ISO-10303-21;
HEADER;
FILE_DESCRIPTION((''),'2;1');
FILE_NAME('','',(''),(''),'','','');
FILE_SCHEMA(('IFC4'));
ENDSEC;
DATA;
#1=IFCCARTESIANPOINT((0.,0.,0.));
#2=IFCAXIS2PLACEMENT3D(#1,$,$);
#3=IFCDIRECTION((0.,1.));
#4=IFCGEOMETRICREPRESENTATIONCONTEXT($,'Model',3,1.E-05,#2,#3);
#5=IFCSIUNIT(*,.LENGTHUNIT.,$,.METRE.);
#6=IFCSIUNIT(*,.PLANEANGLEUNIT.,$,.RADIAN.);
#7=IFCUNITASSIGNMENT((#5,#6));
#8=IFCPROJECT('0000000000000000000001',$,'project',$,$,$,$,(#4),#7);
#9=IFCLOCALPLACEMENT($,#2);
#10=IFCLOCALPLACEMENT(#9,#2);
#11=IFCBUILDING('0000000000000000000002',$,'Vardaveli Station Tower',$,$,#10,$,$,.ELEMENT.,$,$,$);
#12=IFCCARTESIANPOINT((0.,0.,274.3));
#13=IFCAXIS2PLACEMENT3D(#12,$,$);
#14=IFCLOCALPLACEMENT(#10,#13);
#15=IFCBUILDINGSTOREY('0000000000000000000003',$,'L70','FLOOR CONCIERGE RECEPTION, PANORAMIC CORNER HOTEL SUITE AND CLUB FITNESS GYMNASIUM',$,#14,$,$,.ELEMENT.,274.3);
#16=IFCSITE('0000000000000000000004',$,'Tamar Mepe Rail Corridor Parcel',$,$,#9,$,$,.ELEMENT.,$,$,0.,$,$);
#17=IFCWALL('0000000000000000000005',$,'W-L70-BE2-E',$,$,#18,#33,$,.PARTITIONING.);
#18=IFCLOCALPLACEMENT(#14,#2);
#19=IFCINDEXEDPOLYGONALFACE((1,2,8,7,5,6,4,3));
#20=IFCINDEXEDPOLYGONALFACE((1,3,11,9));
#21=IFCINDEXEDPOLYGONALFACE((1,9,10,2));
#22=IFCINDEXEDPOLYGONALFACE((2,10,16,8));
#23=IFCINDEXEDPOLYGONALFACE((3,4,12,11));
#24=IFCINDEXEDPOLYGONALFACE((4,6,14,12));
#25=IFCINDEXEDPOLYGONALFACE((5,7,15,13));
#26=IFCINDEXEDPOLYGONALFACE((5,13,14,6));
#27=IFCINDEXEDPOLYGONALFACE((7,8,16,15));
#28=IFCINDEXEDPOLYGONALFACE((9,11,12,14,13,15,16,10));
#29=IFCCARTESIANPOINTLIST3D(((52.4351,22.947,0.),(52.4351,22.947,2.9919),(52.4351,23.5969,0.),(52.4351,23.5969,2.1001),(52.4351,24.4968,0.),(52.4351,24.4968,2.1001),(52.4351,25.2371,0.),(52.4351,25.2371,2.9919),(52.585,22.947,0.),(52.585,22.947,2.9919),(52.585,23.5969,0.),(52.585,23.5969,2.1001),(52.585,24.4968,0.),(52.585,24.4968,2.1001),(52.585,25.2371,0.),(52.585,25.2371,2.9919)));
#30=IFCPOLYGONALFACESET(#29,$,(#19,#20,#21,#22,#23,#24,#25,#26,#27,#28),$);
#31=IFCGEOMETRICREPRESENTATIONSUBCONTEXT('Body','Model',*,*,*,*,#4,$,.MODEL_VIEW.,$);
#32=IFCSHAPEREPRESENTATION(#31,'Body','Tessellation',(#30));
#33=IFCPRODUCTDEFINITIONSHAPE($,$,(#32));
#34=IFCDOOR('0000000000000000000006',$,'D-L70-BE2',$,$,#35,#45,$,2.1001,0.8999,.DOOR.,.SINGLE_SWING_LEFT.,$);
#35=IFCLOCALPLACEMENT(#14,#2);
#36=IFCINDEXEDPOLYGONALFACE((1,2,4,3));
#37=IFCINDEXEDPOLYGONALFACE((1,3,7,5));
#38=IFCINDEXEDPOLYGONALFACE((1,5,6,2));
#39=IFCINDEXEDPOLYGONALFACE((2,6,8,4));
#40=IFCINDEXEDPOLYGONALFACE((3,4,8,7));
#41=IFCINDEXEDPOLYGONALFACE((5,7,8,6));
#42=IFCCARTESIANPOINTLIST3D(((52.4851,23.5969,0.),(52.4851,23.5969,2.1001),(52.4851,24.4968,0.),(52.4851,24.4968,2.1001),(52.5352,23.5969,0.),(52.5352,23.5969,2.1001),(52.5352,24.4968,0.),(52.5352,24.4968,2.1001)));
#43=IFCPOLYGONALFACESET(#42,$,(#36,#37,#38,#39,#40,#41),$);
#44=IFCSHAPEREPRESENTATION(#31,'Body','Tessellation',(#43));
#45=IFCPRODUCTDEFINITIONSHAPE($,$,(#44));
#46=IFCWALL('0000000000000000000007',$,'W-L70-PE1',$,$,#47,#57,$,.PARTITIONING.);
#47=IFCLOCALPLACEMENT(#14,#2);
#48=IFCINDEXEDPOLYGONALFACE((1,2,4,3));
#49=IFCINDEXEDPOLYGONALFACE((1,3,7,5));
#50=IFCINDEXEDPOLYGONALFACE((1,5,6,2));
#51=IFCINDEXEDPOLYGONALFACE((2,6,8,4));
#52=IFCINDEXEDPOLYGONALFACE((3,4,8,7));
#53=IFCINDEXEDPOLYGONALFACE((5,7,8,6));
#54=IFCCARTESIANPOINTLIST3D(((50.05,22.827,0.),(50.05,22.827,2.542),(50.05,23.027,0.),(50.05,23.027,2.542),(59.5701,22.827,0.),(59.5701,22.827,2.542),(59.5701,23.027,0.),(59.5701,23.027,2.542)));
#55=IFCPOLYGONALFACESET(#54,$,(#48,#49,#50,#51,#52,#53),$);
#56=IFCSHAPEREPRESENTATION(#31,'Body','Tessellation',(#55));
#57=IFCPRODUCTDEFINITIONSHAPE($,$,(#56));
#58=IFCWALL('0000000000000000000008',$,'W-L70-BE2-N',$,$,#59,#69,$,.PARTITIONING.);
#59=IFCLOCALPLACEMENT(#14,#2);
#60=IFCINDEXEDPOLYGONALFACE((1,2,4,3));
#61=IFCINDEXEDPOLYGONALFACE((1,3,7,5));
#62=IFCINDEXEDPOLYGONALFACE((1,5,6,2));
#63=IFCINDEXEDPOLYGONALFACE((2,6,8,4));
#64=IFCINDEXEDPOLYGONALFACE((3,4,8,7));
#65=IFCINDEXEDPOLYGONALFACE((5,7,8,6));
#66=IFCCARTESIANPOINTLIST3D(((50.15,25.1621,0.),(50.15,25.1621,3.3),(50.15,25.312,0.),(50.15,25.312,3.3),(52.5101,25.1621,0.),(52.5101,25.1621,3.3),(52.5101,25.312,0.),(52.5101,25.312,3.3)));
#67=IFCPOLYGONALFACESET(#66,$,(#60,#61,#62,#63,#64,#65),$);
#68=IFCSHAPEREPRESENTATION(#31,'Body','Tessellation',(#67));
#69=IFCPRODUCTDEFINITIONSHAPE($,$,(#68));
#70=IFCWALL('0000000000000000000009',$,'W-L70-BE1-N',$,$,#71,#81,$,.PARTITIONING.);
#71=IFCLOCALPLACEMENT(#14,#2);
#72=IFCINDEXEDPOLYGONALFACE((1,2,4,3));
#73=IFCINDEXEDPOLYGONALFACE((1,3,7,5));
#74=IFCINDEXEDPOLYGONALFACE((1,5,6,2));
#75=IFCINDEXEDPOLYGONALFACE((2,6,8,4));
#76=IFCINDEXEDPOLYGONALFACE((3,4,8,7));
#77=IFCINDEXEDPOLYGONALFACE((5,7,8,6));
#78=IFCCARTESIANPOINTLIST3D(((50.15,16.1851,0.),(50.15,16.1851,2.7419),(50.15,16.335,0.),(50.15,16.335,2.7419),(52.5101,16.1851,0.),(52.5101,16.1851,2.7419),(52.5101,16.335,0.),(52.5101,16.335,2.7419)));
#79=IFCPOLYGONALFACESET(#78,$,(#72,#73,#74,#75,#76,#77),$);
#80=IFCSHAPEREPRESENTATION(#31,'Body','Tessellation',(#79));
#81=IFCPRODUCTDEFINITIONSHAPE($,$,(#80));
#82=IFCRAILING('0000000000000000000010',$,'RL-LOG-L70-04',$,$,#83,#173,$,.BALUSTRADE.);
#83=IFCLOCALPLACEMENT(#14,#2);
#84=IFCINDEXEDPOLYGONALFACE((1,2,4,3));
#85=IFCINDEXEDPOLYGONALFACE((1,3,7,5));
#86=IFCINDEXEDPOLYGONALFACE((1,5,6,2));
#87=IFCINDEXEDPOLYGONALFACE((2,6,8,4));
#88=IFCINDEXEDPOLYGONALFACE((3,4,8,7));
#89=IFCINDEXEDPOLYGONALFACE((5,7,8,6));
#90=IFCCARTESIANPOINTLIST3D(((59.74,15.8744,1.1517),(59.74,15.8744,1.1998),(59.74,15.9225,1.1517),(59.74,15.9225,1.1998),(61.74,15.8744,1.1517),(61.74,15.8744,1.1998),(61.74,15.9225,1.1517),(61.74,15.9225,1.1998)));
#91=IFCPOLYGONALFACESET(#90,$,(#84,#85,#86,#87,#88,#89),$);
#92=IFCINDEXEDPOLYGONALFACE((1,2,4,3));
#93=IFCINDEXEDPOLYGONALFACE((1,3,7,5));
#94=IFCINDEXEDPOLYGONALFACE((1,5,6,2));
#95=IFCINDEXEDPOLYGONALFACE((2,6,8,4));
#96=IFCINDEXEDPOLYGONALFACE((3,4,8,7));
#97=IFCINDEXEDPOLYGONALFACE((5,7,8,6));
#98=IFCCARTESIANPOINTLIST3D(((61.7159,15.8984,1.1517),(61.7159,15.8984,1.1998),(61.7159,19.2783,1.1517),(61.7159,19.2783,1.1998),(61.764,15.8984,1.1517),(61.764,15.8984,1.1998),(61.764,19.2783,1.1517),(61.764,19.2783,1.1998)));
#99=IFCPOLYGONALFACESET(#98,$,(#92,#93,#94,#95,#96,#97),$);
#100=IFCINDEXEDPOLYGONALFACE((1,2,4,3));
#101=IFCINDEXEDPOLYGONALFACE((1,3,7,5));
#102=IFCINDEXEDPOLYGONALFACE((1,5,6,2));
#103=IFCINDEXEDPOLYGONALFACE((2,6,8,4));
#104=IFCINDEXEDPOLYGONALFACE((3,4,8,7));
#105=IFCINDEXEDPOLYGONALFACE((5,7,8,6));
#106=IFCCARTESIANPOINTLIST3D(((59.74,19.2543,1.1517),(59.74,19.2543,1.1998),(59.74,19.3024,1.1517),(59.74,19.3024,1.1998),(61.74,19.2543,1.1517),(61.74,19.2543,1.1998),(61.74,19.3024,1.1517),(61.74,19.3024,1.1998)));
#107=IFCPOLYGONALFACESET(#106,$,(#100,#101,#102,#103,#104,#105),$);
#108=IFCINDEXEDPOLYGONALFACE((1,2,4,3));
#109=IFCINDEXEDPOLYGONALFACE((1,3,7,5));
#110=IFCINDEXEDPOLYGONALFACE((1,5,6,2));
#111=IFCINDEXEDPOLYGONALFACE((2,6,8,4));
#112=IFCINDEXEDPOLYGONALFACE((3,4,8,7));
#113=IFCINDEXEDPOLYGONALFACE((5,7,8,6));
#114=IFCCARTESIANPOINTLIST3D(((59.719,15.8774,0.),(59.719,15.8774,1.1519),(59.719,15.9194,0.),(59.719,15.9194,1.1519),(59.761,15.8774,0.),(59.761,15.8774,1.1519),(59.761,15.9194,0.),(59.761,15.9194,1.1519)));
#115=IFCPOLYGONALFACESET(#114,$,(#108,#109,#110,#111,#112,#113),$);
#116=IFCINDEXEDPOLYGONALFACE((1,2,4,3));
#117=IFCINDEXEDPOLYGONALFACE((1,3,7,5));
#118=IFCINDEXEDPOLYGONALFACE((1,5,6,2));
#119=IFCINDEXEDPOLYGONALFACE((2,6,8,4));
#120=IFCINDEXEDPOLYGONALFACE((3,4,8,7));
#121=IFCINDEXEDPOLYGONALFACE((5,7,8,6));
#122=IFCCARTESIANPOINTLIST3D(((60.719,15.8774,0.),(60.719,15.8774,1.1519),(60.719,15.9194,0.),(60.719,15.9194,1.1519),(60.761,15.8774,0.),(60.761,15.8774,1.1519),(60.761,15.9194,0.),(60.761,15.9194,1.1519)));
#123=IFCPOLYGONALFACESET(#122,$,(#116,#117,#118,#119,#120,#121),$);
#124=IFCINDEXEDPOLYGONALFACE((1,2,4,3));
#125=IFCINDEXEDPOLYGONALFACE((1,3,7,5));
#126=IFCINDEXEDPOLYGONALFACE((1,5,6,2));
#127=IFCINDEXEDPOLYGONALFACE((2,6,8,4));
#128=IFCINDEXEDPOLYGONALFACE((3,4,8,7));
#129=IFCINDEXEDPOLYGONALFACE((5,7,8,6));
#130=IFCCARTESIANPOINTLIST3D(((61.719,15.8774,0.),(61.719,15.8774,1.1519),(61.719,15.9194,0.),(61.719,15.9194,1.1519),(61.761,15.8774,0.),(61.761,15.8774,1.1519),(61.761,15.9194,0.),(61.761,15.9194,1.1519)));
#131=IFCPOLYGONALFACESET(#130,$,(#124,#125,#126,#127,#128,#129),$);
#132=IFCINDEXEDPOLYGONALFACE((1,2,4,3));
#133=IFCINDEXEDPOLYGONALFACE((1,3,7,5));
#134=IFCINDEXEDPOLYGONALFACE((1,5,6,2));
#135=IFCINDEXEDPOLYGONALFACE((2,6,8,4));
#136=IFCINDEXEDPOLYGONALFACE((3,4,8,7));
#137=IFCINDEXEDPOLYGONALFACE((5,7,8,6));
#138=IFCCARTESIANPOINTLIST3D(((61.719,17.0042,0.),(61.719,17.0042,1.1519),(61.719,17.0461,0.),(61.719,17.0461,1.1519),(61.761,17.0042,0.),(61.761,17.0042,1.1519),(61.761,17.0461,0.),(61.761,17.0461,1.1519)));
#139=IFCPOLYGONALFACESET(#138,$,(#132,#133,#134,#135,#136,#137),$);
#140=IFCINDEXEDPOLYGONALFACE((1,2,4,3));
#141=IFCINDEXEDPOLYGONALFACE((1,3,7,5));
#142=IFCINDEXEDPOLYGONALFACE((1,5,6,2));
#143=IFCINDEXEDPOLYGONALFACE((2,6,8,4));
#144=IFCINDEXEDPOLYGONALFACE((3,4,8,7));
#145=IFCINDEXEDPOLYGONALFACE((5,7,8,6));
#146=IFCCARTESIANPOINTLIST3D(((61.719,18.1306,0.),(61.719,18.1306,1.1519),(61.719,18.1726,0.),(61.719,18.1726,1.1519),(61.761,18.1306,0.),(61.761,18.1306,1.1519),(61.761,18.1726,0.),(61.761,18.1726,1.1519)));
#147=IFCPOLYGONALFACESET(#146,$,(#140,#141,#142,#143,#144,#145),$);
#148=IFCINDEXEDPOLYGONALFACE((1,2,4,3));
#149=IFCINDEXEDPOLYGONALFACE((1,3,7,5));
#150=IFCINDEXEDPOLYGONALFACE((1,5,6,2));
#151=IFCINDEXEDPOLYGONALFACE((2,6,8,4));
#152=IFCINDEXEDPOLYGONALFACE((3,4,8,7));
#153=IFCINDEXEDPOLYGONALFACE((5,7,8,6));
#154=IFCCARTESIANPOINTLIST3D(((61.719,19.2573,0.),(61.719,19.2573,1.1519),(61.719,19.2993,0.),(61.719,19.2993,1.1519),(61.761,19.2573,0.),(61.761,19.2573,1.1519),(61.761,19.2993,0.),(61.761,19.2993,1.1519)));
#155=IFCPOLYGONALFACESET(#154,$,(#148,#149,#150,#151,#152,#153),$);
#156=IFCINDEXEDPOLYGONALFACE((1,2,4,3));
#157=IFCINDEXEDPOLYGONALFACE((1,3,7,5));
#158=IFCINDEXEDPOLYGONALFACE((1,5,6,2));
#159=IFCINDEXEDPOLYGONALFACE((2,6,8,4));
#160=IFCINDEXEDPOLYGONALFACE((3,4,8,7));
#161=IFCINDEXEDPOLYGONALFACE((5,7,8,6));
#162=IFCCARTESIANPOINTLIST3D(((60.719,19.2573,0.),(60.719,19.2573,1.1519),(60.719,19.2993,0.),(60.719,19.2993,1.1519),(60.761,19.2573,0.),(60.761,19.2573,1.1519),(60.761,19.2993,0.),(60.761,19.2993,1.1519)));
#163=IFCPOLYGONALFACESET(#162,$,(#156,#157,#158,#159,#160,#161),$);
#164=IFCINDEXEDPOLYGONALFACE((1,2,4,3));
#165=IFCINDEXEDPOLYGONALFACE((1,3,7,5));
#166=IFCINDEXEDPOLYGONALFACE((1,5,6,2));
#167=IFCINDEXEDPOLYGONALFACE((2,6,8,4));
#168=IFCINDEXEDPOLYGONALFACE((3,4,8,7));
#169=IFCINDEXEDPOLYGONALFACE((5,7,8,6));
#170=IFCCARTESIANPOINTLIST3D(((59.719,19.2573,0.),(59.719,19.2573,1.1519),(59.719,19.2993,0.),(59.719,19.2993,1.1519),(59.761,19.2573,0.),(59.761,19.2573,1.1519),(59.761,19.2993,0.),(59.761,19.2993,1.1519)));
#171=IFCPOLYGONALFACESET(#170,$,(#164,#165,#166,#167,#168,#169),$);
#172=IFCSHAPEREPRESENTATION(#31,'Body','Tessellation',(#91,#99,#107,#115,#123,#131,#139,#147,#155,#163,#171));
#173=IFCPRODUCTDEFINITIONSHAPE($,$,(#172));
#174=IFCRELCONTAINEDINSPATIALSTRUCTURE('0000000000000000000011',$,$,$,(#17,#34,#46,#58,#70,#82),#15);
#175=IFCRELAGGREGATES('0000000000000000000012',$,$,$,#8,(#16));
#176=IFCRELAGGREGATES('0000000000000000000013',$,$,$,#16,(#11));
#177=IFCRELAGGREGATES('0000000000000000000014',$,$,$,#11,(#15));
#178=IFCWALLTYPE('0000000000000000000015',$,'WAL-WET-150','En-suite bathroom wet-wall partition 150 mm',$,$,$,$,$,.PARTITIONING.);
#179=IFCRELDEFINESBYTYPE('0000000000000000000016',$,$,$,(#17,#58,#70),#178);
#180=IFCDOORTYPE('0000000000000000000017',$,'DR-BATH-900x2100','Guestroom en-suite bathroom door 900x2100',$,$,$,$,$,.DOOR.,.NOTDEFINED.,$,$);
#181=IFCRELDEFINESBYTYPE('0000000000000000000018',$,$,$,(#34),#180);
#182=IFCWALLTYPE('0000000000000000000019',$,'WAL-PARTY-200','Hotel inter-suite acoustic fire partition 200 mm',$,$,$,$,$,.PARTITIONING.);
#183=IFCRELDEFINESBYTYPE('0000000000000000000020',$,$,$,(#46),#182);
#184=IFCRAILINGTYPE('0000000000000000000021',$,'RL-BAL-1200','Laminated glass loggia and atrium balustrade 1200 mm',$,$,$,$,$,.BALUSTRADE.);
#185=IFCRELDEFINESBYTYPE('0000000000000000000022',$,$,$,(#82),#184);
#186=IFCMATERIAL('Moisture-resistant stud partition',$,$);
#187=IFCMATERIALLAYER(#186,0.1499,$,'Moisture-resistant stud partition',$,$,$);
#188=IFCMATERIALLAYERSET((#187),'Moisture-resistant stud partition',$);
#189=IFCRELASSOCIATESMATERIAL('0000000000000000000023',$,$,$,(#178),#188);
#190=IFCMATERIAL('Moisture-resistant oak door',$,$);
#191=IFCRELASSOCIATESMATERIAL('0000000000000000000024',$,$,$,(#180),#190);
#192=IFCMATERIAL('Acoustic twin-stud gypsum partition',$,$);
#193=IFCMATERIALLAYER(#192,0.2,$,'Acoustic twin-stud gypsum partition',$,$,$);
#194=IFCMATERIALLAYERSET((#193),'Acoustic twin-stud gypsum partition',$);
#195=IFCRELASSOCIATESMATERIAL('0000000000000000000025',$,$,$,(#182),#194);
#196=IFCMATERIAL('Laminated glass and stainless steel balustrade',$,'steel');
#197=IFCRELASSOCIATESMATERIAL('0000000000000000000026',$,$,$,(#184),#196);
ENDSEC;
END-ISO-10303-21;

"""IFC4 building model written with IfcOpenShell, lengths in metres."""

from ifc_helpers import new_model, si_unit, direction, frame, frame_2d, origin, origin_2d, place, context, subcontext, project, spatial, rectangle, extrude, source, transform, mapped, material, layer, layer_set, type_object, element, fill, save


model = new_model("IFC4")

# Units and contexts
model_context = context("Model", 3, precision=1e-05, world=origin(), true_north=direction((0.0, 1.0)))
body_context = subcontext(model_context, "Body", "Model", "MODEL_VIEW")
ifc_project = project(units=[si_unit("LENGTHUNIT", "METRE"), si_unit("PLANEANGLEUNIT", "RADIAN")], contexts=[model_context])

# Site, building, storey
site_placement = place(None, origin())
site = spatial("IfcSite", under=ifc_project, at=site_placement, Name="Tamar Mepe Rail Corridor Parcel", CompositionType="ELEMENT", RefElevation=0.0)
building_placement = place(site_placement, origin())
building = spatial("IfcBuilding", under=site, at=building_placement, Name="Vardaveli Station Tower", CompositionType="ELEMENT")
storey_placement = place(building_placement, frame((0.0, 0.0, 274.3)))
storey = spatial("IfcBuildingStorey", under=building, at=storey_placement, Name="L70", Description="FLOOR CONCIERGE RECEPTION, PANORAMIC CORNER HOTEL SUITE AND CLUB FITNESS GYMNASIUM", CompositionType="ELEMENT", Elevation=274.3)

# Wall, opening, door
ifc_material_1 = material(Name="Moisture-resistant stud partition")
ifc_layer_1 = layer(ifc_material_1, 0.1499, Name="Moisture-resistant stud partition")
ifc_layer_set_1 = layer_set([ifc_layer_1], Name="Moisture-resistant stud partition")
wall_type_1 = type_object("IfcWallType", Name="WAL-WET-150", Description="En-suite bathroom wet-wall partition 150 mm", PredefinedType="PARTITIONING", material=ifc_layer_set_1)
shared_shape_1 = source(origin(), body_context, "Body", "SweptSolid", [
    extrude(rectangle(XDim=2.29, YDim=0.1499, at=frame_2d((1.145, 0.0))), origin(), (0.0, 0.0, 1.0), 2.9919),
])
wall_1_placement = place(storey_placement, frame((52.51, 22.947, 0.0), z_axis=(0.0, 0.0, 1.0), x_axis=(0.0, 1.0, 0.0)))
wall_1 = element("IfcWall", 1, at=wall_1_placement, inside=storey, type_object=wall_type_1, Name="W-L70-BE2-E", PredefinedType="PARTITIONING", context=body_context, shape_type="MappedRepresentation", body=[
    mapped(shared_shape_1, transform((0.0, 0.0, 0.0), scale=1.0)),
])
shared_shape_2 = source(origin(), body_context, "Body", "SweptSolid", [
    extrude(rectangle(XDim=0.8999, YDim=2.1001, at=frame_2d((0.45, 1.05))), frame((0.0, 0.085, 0.0), z_axis=(0.0, -1.0, 0.0), x_axis=(1.0, 0.0, 0.0)), (0.0, 0.0, 1.0), 0.1699),
])
opening_placement = place(wall_1_placement, frame((0.6499, 0.0, 0.0)))
opening = element("IfcOpeningElement", 2, at=opening_placement, cuts=wall_1, PredefinedType="OPENING", context=body_context, shape_type="MappedRepresentation", body=[
    mapped(shared_shape_2, transform((0.0, 0.0, 0.0), scale=1.0)),
])
ifc_material_2 = material(Name="Moisture-resistant oak door")
door_type = type_object("IfcDoorType", Name="DR-BATH-900x2100", Description="Guestroom en-suite bathroom door 900x2100", OperationType="NOTDEFINED", PredefinedType="DOOR", material=ifc_material_2)
shared_shape_3 = source(origin(), body_context, "Body", "SweptSolid", [
    extrude(rectangle(XDim=0.8999, YDim=2.1001, at=frame_2d((0.45, 1.05))), frame((0.0, 0.0249, 0.0), z_axis=(0.0, -1.0, 0.0), x_axis=(1.0, 0.0, 0.0)), (0.0, 0.0, 1.0), 0.05),
])
door_placement = place(opening_placement, origin())
door = element("IfcDoor", 3, at=door_placement, inside=storey, type_object=door_type, Name="D-L70-BE2", OperationType="SINGLE_SWING_LEFT", OverallHeight=2.1001, OverallWidth=0.8999, PredefinedType="DOOR", context=body_context, shape_type="MappedRepresentation", body=[
    mapped(shared_shape_3, transform((0.0, 0.0, 0.0), scale=1.0)),
])
fill(opening, door)

# Walls
ifc_material_3 = material(Name="Acoustic twin-stud gypsum partition")
ifc_layer_2 = layer(ifc_material_3, 0.2, Name="Acoustic twin-stud gypsum partition")
ifc_layer_set_2 = layer_set([ifc_layer_2], Name="Acoustic twin-stud gypsum partition")
wall_type_2 = type_object("IfcWallType", Name="WAL-PARTY-200", Description="Hotel inter-suite acoustic fire partition 200 mm", PredefinedType="PARTITIONING", material=ifc_layer_set_2)
shared_shape_4 = source(origin(), body_context, "Body", "SweptSolid", [
    extrude(rectangle(XDim=9.52, YDim=0.2, at=frame_2d((4.76, 0.0))), origin(), (0.0, 0.0, 1.0), 2.542),
])
wall_2_placement = place(storey_placement, frame((50.05, 22.927, 0.0), z_axis=(0.0, 0.0, 1.0), x_axis=(1.0, 0.0, 0.0)))
element("IfcWall", 4, at=wall_2_placement, inside=storey, type_object=wall_type_2, Name="W-L70-PE1", PredefinedType="PARTITIONING", context=body_context, shape_type="MappedRepresentation", body=[
    mapped(shared_shape_4, transform((0.0, 0.0, 0.0), scale=1.0)),
])
shared_shape_5 = source(origin(), body_context, "Body", "SweptSolid", [
    extrude(rectangle(XDim=2.3601, YDim=0.1499, at=frame_2d((1.1802, 0.0))), origin(), (0.0, 0.0, 1.0), 3.3),
])
wall_3_placement = place(storey_placement, frame((50.1499, 25.2371, 0.0), z_axis=(0.0, 0.0, 1.0), x_axis=(1.0, 0.0, 0.0)))
element("IfcWall", 5, at=wall_3_placement, inside=storey, type_object=wall_type_1, Name="W-L70-BE2-N", PredefinedType="PARTITIONING", context=body_context, shape_type="MappedRepresentation", body=[
    mapped(shared_shape_5, transform((0.0, 0.0, 0.0), scale=1.0)),
])
shared_shape_6 = source(origin(), body_context, "Body", "SweptSolid", [
    extrude(rectangle(XDim=2.3601, YDim=0.1499, at=frame_2d((1.1802, 0.0))), origin(), (0.0, 0.0, 1.0), 2.7419),
])
wall_4_placement = place(storey_placement, frame((50.1499, 16.26, 0.0), z_axis=(0.0, 0.0, 1.0), x_axis=(1.0, 0.0, 0.0)))
element("IfcWall", 6, at=wall_4_placement, inside=storey, type_object=wall_type_1, Name="W-L70-BE1-N", PredefinedType="PARTITIONING", context=body_context, shape_type="MappedRepresentation", body=[
    mapped(shared_shape_6, transform((0.0, 0.0, 0.0), scale=1.0)),
])

# Railing
ifc_material_4 = material(Name="Laminated glass and stainless steel balustrade", Category="steel")
railing_type = type_object("IfcRailingType", Name="RL-BAL-1200", Description="Laminated glass loggia and atrium balustrade 1200 mm", PredefinedType="BALUSTRADE", material=ifc_material_4)
shared_shape_7 = source(origin(), body_context, "Body", "SweptSolid", [
    extrude(rectangle(XDim=0.0481, YDim=0.0481, at=origin_2d()), frame((0.0, 0.0, 1.1758), z_axis=(1.0, 0.0, 0.0), x_axis=(0.0, 1.0, 0.0)), (0.0, 0.0, 1.0), 2.0),
    extrude(rectangle(XDim=0.0481, YDim=0.0481, at=origin_2d()), frame((2.0, 0.0, 1.1758), z_axis=(0.0, 1.0, 0.0), x_axis=(-1.0, 0.0, 0.0)), (0.0, 0.0, 1.0), 3.3799),
    extrude(rectangle(XDim=0.0481, YDim=0.0481, at=origin_2d()), frame((2.0, 3.3799, 1.1758), z_axis=(-1.0, 0.0, 0.0), x_axis=(0.0, -1.0, 0.0)), (0.0, 0.0, 1.0), 2.0),
    extrude(rectangle(XDim=0.042, YDim=0.042, at=origin_2d()), origin(), (0.0, 0.0, 1.0), 1.1519),
    extrude(rectangle(XDim=0.042, YDim=0.042, at=origin_2d()), frame((1.0, 0.0, 0.0)), (0.0, 0.0, 1.0), 1.1519),
    extrude(rectangle(XDim=0.042, YDim=0.042, at=origin_2d()), frame((2.0, 0.0, 0.0)), (0.0, 0.0, 1.0), 1.1519),
    extrude(rectangle(XDim=0.042, YDim=0.042, at=origin_2d()), frame((2.0, 1.1267, 0.0)), (0.0, 0.0, 1.0), 1.1519),
    extrude(rectangle(XDim=0.042, YDim=0.042, at=origin_2d()), frame((2.0, 2.2532, 0.0)), (0.0, 0.0, 1.0), 1.1519),
    extrude(rectangle(XDim=0.042, YDim=0.042, at=origin_2d()), frame((2.0, 3.3799, 0.0)), (0.0, 0.0, 1.0), 1.1519),
    extrude(rectangle(XDim=0.042, YDim=0.042, at=origin_2d()), frame((1.0, 3.3799, 0.0)), (0.0, 0.0, 1.0), 1.1519),
    extrude(rectangle(XDim=0.042, YDim=0.042, at=origin_2d()), frame((0.0, 3.3799, 0.0)), (0.0, 0.0, 1.0), 1.1519),
])
railing_placement = place(storey_placement, frame((59.74, 15.8984, 0.0)))
element("IfcRailing", 7, at=railing_placement, inside=storey, type_object=railing_type, Name="RL-LOG-L70-04", PredefinedType="BALUSTRADE", context=body_context, shape_type="MappedRepresentation", body=[
    mapped(shared_shape_7, transform((0.0, 0.0, 0.0), scale=1.0)),
])

save(model, "model.ifc")
